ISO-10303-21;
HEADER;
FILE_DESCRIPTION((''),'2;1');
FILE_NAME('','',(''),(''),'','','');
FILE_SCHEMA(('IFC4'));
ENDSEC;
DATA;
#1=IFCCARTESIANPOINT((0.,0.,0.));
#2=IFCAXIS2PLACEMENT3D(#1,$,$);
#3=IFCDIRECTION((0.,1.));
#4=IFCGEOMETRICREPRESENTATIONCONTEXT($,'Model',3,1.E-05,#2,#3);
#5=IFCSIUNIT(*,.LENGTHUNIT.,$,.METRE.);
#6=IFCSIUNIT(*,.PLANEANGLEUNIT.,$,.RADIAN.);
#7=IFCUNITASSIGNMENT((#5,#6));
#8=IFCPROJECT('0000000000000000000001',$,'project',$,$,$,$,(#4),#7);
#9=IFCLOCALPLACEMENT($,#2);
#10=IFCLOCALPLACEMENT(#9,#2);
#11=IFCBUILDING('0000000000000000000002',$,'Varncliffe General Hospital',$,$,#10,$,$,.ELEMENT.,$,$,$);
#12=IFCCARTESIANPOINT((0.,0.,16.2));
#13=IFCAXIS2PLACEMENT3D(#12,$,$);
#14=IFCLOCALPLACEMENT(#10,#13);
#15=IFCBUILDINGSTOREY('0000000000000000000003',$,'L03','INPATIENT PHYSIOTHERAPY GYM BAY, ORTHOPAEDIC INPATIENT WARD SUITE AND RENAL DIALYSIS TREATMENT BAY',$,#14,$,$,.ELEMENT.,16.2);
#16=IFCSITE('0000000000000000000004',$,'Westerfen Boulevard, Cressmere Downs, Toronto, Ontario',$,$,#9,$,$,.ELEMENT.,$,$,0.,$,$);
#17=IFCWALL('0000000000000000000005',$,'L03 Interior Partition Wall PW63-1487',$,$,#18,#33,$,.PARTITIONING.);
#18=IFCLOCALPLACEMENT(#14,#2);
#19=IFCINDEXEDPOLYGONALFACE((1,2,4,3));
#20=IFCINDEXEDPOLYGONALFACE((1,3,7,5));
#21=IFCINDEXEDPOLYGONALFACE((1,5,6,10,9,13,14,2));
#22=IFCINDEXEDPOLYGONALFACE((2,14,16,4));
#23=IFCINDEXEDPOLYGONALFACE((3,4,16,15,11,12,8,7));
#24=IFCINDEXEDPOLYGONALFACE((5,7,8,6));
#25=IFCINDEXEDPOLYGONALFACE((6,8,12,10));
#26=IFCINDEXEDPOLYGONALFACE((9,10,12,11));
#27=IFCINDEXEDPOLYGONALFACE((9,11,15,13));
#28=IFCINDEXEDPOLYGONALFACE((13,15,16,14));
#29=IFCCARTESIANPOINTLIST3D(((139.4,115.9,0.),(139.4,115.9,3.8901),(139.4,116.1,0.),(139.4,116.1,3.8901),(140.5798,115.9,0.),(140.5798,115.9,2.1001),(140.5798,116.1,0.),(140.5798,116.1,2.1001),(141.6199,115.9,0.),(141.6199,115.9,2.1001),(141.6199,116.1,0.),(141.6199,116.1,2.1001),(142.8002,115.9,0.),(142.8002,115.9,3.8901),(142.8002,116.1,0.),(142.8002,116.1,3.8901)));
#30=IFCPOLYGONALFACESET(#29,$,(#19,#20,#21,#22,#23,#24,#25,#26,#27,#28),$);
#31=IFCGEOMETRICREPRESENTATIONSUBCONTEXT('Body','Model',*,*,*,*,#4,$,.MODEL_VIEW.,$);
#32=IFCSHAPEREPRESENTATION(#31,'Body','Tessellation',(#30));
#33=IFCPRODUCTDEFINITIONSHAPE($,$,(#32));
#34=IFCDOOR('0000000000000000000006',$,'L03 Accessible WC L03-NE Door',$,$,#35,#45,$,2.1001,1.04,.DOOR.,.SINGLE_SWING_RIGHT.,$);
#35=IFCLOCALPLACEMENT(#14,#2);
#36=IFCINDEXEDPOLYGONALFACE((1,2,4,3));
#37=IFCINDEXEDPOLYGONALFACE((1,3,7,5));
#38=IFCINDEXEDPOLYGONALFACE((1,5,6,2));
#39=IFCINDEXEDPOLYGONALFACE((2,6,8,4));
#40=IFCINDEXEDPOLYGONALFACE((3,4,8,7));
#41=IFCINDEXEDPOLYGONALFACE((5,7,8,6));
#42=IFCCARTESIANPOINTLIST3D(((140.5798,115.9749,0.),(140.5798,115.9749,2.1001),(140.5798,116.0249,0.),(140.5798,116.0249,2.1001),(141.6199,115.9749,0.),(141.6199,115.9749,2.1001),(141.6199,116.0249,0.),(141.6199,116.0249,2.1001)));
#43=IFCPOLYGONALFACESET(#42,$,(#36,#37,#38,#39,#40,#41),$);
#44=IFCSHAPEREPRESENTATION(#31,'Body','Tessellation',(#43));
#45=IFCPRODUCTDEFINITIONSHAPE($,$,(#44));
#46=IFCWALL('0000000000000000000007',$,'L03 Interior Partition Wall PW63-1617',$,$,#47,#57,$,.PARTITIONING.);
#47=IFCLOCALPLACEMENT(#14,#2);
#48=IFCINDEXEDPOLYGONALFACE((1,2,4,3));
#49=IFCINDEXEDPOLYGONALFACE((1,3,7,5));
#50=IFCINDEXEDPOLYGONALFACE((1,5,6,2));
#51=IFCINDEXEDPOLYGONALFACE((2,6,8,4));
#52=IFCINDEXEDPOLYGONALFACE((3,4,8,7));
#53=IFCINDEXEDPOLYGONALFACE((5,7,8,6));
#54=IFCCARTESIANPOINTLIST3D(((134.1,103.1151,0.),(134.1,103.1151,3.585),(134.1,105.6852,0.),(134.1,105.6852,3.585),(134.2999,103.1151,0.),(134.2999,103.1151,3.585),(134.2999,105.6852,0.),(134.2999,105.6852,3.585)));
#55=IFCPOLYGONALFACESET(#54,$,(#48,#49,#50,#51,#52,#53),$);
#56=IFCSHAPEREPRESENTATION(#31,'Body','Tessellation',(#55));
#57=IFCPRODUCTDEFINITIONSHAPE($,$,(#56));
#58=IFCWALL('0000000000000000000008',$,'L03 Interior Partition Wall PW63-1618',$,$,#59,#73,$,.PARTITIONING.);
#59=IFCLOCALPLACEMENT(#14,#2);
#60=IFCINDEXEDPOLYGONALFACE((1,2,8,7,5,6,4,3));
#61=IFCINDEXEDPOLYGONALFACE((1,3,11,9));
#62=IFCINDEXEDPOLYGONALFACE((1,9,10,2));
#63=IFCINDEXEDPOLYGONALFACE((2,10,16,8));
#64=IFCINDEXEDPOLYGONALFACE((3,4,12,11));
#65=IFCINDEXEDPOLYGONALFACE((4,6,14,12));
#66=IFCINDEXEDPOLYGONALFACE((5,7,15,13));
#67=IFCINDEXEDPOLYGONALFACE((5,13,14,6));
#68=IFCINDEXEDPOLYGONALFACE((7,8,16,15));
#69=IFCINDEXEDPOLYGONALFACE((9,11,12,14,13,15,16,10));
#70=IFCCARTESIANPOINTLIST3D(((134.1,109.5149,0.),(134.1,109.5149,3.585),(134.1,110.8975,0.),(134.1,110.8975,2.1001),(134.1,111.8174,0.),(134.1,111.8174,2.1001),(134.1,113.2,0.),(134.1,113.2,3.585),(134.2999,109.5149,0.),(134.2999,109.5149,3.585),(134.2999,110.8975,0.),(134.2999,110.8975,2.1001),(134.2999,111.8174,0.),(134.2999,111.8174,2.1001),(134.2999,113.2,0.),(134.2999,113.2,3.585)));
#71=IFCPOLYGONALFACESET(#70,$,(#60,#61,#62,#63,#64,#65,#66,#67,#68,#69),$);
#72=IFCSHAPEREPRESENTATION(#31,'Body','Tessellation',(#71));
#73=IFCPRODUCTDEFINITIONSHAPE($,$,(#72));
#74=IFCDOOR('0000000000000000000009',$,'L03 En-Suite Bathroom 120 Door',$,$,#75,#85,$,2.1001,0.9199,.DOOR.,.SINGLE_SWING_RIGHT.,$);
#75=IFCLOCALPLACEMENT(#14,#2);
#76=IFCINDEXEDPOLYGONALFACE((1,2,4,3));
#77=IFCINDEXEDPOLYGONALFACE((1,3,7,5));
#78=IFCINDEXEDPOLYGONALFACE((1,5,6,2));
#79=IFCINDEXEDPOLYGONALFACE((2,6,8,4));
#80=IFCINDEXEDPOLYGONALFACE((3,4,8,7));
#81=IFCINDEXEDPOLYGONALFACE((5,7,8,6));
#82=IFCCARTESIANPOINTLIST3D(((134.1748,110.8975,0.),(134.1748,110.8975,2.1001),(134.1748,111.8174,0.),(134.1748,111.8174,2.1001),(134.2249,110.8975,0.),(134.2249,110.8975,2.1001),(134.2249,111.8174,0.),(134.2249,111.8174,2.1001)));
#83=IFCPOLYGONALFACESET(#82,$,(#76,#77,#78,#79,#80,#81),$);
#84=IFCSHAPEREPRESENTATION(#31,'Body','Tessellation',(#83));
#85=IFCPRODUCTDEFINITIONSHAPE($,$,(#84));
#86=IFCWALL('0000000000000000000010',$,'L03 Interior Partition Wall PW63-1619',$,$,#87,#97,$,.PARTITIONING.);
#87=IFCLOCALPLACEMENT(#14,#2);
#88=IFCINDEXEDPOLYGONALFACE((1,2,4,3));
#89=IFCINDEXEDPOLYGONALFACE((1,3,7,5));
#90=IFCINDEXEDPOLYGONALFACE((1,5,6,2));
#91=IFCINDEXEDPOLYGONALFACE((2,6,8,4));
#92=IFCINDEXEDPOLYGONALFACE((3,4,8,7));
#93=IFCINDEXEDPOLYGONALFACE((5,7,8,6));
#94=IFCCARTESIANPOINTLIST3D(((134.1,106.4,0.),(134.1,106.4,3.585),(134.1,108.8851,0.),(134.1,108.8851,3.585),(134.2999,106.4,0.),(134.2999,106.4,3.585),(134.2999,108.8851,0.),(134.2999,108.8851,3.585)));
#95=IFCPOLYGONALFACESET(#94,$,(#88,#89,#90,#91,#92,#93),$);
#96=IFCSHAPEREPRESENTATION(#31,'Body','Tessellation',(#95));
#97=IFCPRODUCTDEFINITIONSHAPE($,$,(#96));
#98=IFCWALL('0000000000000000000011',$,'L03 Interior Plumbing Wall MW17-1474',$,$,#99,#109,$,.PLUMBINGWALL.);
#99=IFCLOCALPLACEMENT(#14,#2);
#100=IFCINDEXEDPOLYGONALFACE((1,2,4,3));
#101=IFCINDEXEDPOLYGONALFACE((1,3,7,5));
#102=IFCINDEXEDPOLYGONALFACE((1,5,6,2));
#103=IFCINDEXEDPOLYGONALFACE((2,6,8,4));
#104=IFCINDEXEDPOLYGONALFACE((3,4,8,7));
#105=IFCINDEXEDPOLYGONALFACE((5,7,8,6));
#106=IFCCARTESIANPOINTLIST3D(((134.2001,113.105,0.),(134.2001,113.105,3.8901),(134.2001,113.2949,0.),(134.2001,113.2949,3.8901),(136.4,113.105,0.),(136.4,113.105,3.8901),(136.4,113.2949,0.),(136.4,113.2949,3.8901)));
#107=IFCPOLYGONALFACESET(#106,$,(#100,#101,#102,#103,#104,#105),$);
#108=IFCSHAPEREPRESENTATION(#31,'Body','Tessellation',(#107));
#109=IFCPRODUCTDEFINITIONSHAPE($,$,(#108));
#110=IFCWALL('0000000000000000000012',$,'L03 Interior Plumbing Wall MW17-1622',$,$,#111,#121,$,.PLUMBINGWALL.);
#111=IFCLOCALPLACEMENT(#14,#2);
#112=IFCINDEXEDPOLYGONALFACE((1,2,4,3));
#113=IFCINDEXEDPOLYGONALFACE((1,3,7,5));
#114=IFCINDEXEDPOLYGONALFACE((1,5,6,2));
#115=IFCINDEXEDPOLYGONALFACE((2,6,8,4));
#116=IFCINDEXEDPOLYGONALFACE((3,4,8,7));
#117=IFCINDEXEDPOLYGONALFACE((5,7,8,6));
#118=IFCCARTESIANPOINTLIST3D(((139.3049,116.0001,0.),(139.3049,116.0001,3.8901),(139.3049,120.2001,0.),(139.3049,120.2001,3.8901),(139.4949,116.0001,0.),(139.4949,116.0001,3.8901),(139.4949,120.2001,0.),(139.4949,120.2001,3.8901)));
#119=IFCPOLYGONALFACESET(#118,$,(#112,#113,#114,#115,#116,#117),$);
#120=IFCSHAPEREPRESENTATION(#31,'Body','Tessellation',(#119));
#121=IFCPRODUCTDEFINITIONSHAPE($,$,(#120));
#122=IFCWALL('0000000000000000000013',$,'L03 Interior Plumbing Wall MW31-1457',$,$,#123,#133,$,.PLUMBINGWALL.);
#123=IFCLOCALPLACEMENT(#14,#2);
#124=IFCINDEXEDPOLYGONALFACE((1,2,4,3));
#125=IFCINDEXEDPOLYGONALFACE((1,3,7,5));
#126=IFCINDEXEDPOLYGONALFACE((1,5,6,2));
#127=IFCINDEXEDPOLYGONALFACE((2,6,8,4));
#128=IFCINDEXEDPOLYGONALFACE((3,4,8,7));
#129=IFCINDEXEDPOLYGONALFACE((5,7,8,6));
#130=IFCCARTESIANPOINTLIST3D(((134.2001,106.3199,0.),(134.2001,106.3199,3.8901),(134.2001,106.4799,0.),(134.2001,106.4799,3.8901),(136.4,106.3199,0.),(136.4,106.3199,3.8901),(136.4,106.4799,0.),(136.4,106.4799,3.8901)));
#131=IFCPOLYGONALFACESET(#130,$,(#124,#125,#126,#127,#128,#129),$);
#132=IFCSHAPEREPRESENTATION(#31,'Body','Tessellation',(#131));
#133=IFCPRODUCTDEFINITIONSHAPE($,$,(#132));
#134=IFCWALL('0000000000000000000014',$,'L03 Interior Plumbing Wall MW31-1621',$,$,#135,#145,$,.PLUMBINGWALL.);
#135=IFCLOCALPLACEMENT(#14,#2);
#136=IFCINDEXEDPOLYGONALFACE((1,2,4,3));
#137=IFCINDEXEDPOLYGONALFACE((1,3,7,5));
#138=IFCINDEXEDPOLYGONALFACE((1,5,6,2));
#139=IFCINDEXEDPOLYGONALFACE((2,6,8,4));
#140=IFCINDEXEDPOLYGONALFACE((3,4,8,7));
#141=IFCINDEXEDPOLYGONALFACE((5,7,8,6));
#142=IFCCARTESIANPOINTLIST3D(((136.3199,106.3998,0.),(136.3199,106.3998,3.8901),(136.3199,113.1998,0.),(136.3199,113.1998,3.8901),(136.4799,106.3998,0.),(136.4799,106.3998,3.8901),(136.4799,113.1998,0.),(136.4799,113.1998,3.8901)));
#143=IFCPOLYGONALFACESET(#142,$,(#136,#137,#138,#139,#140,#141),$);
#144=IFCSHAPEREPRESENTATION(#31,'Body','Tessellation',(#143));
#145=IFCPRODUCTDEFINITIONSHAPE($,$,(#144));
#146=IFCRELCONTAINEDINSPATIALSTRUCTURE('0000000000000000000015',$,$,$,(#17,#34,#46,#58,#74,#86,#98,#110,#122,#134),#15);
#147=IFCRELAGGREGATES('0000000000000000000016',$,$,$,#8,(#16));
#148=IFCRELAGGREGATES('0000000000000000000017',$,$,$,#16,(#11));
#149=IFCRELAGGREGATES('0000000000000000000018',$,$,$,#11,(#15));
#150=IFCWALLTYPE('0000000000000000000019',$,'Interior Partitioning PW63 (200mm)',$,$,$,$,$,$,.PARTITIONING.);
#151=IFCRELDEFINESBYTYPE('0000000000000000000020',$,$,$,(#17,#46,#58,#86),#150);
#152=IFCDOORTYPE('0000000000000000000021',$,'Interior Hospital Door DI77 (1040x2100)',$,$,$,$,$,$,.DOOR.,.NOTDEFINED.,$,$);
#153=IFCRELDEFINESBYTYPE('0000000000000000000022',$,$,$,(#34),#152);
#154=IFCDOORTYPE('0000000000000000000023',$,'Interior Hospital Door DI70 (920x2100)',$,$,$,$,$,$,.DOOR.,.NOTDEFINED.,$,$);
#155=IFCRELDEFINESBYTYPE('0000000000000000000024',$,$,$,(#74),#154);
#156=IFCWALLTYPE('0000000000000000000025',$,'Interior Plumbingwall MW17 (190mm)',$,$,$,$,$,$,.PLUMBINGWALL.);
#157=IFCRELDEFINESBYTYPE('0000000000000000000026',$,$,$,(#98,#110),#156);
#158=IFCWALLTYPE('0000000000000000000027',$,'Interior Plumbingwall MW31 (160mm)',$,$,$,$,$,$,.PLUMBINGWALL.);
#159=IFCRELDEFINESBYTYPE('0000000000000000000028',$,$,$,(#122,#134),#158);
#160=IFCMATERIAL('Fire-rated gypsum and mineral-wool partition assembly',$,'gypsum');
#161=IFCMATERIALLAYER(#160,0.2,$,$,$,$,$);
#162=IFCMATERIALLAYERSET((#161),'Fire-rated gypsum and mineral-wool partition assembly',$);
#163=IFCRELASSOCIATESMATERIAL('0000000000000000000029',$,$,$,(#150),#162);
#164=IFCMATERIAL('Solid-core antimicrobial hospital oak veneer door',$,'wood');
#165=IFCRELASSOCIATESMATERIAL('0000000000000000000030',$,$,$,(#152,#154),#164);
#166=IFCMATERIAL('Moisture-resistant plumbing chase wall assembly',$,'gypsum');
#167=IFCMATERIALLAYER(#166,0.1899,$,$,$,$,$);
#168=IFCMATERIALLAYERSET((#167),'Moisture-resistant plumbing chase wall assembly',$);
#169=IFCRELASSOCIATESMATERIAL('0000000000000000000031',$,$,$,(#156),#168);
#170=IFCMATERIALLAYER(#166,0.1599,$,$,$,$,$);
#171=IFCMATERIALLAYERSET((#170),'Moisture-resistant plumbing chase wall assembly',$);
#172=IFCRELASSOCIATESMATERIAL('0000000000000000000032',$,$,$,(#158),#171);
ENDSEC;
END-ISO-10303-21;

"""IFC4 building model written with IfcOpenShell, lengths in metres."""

from ifc_helpers import new_model, si_unit, direction, frame, frame_2d, origin, place, context, subcontext, project, spatial, rectangle, extrude, material, layer, layer_set, type_object, element, fill, save


model = new_model("IFC4")

# Units and contexts
model_context = context("Model", 3, precision=1e-05, world=origin(), true_north=direction((0.0, 1.0)))
body_context = subcontext(model_context, "Body", "Model", "MODEL_VIEW")
ifc_project = project(units=[si_unit("LENGTHUNIT", "METRE"), si_unit("PLANEANGLEUNIT", "RADIAN")], contexts=[model_context])

# Site, building, storey
site_placement = place(None, origin())
site = spatial("IfcSite", under=ifc_project, at=site_placement, Name="Westerfen Boulevard, Cressmere Downs, Toronto, Ontario", CompositionType="ELEMENT", RefElevation=0.0)
building_placement = place(site_placement, origin())
building = spatial("IfcBuilding", under=site, at=building_placement, Name="Varncliffe General Hospital", CompositionType="ELEMENT")
storey_placement = place(building_placement, frame((0.0, 0.0, 16.2)))
storey = spatial("IfcBuildingStorey", under=building, at=storey_placement, Name="L03", Description="INPATIENT PHYSIOTHERAPY GYM BAY, ORTHOPAEDIC INPATIENT WARD SUITE AND RENAL DIALYSIS TREATMENT BAY", CompositionType="ELEMENT", Elevation=16.2)

# Wall, opening, door
ifc_material_1 = material(Name="Fire-rated gypsum and mineral-wool partition assembly", Category="gypsum")
ifc_layer_1 = layer(ifc_material_1, 0.2)
ifc_layer_set_1 = layer_set([ifc_layer_1], Name="Fire-rated gypsum and mineral-wool partition assembly")
wall_type_1 = type_object("IfcWallType", Name="Interior Partitioning PW63 (200mm)", PredefinedType="PARTITIONING", material=ifc_layer_set_1)
wall_1_placement = place(storey_placement, frame((139.3999, 116.0, 0.0), z_axis=(0.0, 0.0, 1.0), x_axis=(1.0, 0.0, 0.0)))
wall_1 = element("IfcWall", 1, at=wall_1_placement, inside=storey, type_object=wall_type_1, Name="L03 Interior Partition Wall PW63-1487", PredefinedType="PARTITIONING", context=body_context, shape_type="SweptSolid", body=[
    extrude(rectangle(XDim=3.4001, YDim=0.2, at=frame_2d((1.7002, 0.0))), origin(), (0.0, 0.0, 1.0), 3.8901),
])
opening_1_placement = place(wall_1_placement, frame((1.1799, 0.0, 0.0)))
opening_1 = element("IfcOpeningElement", 2, at=opening_1_placement, cuts=wall_1, PredefinedType="OPENING", context=body_context, shape_type="SweptSolid", body=[
    extrude(rectangle(XDim=1.04, YDim=2.1001, at=frame_2d((0.52, 1.05))), frame((0.0, 0.1099, 0.0), z_axis=(0.0, -1.0, 0.0), x_axis=(1.0, 0.0, 0.0)), (0.0, 0.0, 1.0), 0.22),
])
ifc_material_2 = material(Name="Solid-core antimicrobial hospital oak veneer door", Category="wood")
door_type_1 = type_object("IfcDoorType", Name="Interior Hospital Door DI77 (1040x2100)", OperationType="NOTDEFINED", PredefinedType="DOOR", material=ifc_material_2)
door_1_placement = place(opening_1_placement, origin())
door_1 = element("IfcDoor", 3, at=door_1_placement, inside=storey, type_object=door_type_1, Name="L03 Accessible WC L03-NE Door", OperationType="SINGLE_SWING_RIGHT", OverallHeight=2.1001, OverallWidth=1.04, PredefinedType="DOOR", context=body_context, shape_type="SweptSolid", body=[
    extrude(rectangle(XDim=1.04, YDim=2.1001, at=frame_2d((0.52, 1.05))), frame((0.0, 0.0249, 0.0), z_axis=(0.0, -1.0, 0.0), x_axis=(1.0, 0.0, 0.0)), (0.0, 0.0, 1.0), 0.05),
])
fill(opening_1, door_1)

# Wall
wall_2_placement = place(storey_placement, frame((134.2, 103.115, 0.0), z_axis=(0.0, 0.0, 1.0), x_axis=(0.0, 1.0, 0.0)))
element("IfcWall", 4, at=wall_2_placement, inside=storey, type_object=wall_type_1, Name="L03 Interior Partition Wall PW63-1617", PredefinedType="PARTITIONING", context=body_context, shape_type="SweptSolid", body=[
    extrude(rectangle(XDim=2.5701, YDim=0.2, at=frame_2d((1.2852, 0.0))), origin(), (0.0, 0.0, 1.0), 3.585),
])

# Wall, opening, door
wall_3_placement = place(storey_placement, frame((134.2, 109.5149, 0.0), z_axis=(0.0, 0.0, 1.0), x_axis=(0.0, 1.0, 0.0)))
wall_3 = element("IfcWall", 5, at=wall_3_placement, inside=storey, type_object=wall_type_1, Name="L03 Interior Partition Wall PW63-1618", PredefinedType="PARTITIONING", context=body_context, shape_type="SweptSolid", body=[
    extrude(rectangle(XDim=3.6851, YDim=0.2, at=frame_2d((1.8425, 0.0))), origin(), (0.0, 0.0, 1.0), 3.585),
])
opening_2_placement = place(wall_3_placement, frame((1.3826, 0.0, 0.0)))
opening_2 = element("IfcOpeningElement", 6, at=opening_2_placement, cuts=wall_3, PredefinedType="OPENING", context=body_context, shape_type="SweptSolid", body=[
    extrude(rectangle(XDim=0.9199, YDim=2.1001, at=frame_2d((0.46, 1.05))), frame((0.0, 0.1099, 0.0), z_axis=(0.0, -1.0, 0.0), x_axis=(1.0, 0.0, 0.0)), (0.0, 0.0, 1.0), 0.22),
])
door_type_2 = type_object("IfcDoorType", Name="Interior Hospital Door DI70 (920x2100)", OperationType="NOTDEFINED", PredefinedType="DOOR", material=ifc_material_2)
door_2_placement = place(opening_2_placement, frame((0.9199, 0.0, 0.0), z_axis=(0.0, 0.0, 1.0), x_axis=(-1.0, 0.0, 0.0)))
door_2 = element("IfcDoor", 7, at=door_2_placement, inside=storey, type_object=door_type_2, Name="L03 En-Suite Bathroom 120 Door", OperationType="SINGLE_SWING_RIGHT", OverallHeight=2.1001, OverallWidth=0.9199, PredefinedType="DOOR", context=body_context, shape_type="SweptSolid", body=[
    extrude(rectangle(XDim=0.9199, YDim=2.1001, at=frame_2d((0.46, 1.05))), frame((0.0, 0.0249, 0.0), z_axis=(0.0, -1.0, 0.0), x_axis=(1.0, 0.0, 0.0)), (0.0, 0.0, 1.0), 0.05),
])
fill(opening_2, door_2)

# Walls
wall_4_placement = place(storey_placement, frame((134.2, 106.3999, 0.0), z_axis=(0.0, 0.0, 1.0), x_axis=(0.0, 1.0, 0.0)))
element("IfcWall", 8, at=wall_4_placement, inside=storey, type_object=wall_type_1, Name="L03 Interior Partition Wall PW63-1619", PredefinedType="PARTITIONING", context=body_context, shape_type="SweptSolid", body=[
    extrude(rectangle(XDim=2.4851, YDim=0.2, at=frame_2d((1.2427, 0.0))), origin(), (0.0, 0.0, 1.0), 3.585),
])
ifc_material_3 = material(Name="Moisture-resistant plumbing chase wall assembly", Category="gypsum")
ifc_layer_2 = layer(ifc_material_3, 0.1899)
ifc_layer_set_2 = layer_set([ifc_layer_2], Name="Moisture-resistant plumbing chase wall assembly")
wall_type_2 = type_object("IfcWallType", Name="Interior Plumbingwall MW17 (190mm)", PredefinedType="PLUMBINGWALL", material=ifc_layer_set_2)
wall_5_placement = place(storey_placement, frame((134.2, 113.2, 0.0), z_axis=(0.0, 0.0, 1.0), x_axis=(1.0, 0.0, 0.0)))
element("IfcWall", 9, at=wall_5_placement, inside=storey, type_object=wall_type_2, Name="L03 Interior Plumbing Wall MW17-1474", PredefinedType="PLUMBINGWALL", context=body_context, shape_type="SweptSolid", body=[
    extrude(rectangle(XDim=2.2, YDim=0.1899, at=frame_2d((1.1001, 0.0))), origin(), (0.0, 0.0, 1.0), 3.8901),
])
wall_6_placement = place(storey_placement, frame((139.3999, 116.0, 0.0), z_axis=(0.0, 0.0, 1.0), x_axis=(0.0, 1.0, 0.0)))
element("IfcWall", 10, at=wall_6_placement, inside=storey, type_object=wall_type_2, Name="L03 Interior Plumbing Wall MW17-1622", PredefinedType="PLUMBINGWALL", context=body_context, shape_type="SweptSolid", body=[
    extrude(rectangle(XDim=4.2, YDim=0.1899, at=frame_2d((2.1001, 0.0))), origin(), (0.0, 0.0, 1.0), 3.8901),
])
ifc_layer_3 = layer(ifc_material_3, 0.1599)
ifc_layer_set_3 = layer_set([ifc_layer_3], Name="Moisture-resistant plumbing chase wall assembly")
wall_type_3 = type_object("IfcWallType", Name="Interior Plumbingwall MW31 (160mm)", PredefinedType="PLUMBINGWALL", material=ifc_layer_set_3)
wall_7_placement = place(storey_placement, frame((134.2, 106.3999, 0.0), z_axis=(0.0, 0.0, 1.0), x_axis=(1.0, 0.0, 0.0)))
element("IfcWall", 11, at=wall_7_placement, inside=storey, type_object=wall_type_3, Name="L03 Interior Plumbing Wall MW31-1457", PredefinedType="PLUMBINGWALL", context=body_context, shape_type="SweptSolid", body=[
    extrude(rectangle(XDim=2.2, YDim=0.1599, at=frame_2d((1.1001, 0.0))), origin(), (0.0, 0.0, 1.0), 3.8901),
])
wall_8_placement = place(storey_placement, frame((136.3999, 106.3999, 0.0), z_axis=(0.0, 0.0, 1.0), x_axis=(0.0, 1.0, 0.0)))
element("IfcWall", 12, at=wall_8_placement, inside=storey, type_object=wall_type_3, Name="L03 Interior Plumbing Wall MW31-1621", PredefinedType="PLUMBINGWALL", context=body_context, shape_type="SweptSolid", body=[
    extrude(rectangle(XDim=6.8, YDim=0.1599, at=frame_2d((3.3999, 0.0))), origin(), (0.0, 0.0, 1.0), 3.8901),
])

save(model, "model.ifc")
